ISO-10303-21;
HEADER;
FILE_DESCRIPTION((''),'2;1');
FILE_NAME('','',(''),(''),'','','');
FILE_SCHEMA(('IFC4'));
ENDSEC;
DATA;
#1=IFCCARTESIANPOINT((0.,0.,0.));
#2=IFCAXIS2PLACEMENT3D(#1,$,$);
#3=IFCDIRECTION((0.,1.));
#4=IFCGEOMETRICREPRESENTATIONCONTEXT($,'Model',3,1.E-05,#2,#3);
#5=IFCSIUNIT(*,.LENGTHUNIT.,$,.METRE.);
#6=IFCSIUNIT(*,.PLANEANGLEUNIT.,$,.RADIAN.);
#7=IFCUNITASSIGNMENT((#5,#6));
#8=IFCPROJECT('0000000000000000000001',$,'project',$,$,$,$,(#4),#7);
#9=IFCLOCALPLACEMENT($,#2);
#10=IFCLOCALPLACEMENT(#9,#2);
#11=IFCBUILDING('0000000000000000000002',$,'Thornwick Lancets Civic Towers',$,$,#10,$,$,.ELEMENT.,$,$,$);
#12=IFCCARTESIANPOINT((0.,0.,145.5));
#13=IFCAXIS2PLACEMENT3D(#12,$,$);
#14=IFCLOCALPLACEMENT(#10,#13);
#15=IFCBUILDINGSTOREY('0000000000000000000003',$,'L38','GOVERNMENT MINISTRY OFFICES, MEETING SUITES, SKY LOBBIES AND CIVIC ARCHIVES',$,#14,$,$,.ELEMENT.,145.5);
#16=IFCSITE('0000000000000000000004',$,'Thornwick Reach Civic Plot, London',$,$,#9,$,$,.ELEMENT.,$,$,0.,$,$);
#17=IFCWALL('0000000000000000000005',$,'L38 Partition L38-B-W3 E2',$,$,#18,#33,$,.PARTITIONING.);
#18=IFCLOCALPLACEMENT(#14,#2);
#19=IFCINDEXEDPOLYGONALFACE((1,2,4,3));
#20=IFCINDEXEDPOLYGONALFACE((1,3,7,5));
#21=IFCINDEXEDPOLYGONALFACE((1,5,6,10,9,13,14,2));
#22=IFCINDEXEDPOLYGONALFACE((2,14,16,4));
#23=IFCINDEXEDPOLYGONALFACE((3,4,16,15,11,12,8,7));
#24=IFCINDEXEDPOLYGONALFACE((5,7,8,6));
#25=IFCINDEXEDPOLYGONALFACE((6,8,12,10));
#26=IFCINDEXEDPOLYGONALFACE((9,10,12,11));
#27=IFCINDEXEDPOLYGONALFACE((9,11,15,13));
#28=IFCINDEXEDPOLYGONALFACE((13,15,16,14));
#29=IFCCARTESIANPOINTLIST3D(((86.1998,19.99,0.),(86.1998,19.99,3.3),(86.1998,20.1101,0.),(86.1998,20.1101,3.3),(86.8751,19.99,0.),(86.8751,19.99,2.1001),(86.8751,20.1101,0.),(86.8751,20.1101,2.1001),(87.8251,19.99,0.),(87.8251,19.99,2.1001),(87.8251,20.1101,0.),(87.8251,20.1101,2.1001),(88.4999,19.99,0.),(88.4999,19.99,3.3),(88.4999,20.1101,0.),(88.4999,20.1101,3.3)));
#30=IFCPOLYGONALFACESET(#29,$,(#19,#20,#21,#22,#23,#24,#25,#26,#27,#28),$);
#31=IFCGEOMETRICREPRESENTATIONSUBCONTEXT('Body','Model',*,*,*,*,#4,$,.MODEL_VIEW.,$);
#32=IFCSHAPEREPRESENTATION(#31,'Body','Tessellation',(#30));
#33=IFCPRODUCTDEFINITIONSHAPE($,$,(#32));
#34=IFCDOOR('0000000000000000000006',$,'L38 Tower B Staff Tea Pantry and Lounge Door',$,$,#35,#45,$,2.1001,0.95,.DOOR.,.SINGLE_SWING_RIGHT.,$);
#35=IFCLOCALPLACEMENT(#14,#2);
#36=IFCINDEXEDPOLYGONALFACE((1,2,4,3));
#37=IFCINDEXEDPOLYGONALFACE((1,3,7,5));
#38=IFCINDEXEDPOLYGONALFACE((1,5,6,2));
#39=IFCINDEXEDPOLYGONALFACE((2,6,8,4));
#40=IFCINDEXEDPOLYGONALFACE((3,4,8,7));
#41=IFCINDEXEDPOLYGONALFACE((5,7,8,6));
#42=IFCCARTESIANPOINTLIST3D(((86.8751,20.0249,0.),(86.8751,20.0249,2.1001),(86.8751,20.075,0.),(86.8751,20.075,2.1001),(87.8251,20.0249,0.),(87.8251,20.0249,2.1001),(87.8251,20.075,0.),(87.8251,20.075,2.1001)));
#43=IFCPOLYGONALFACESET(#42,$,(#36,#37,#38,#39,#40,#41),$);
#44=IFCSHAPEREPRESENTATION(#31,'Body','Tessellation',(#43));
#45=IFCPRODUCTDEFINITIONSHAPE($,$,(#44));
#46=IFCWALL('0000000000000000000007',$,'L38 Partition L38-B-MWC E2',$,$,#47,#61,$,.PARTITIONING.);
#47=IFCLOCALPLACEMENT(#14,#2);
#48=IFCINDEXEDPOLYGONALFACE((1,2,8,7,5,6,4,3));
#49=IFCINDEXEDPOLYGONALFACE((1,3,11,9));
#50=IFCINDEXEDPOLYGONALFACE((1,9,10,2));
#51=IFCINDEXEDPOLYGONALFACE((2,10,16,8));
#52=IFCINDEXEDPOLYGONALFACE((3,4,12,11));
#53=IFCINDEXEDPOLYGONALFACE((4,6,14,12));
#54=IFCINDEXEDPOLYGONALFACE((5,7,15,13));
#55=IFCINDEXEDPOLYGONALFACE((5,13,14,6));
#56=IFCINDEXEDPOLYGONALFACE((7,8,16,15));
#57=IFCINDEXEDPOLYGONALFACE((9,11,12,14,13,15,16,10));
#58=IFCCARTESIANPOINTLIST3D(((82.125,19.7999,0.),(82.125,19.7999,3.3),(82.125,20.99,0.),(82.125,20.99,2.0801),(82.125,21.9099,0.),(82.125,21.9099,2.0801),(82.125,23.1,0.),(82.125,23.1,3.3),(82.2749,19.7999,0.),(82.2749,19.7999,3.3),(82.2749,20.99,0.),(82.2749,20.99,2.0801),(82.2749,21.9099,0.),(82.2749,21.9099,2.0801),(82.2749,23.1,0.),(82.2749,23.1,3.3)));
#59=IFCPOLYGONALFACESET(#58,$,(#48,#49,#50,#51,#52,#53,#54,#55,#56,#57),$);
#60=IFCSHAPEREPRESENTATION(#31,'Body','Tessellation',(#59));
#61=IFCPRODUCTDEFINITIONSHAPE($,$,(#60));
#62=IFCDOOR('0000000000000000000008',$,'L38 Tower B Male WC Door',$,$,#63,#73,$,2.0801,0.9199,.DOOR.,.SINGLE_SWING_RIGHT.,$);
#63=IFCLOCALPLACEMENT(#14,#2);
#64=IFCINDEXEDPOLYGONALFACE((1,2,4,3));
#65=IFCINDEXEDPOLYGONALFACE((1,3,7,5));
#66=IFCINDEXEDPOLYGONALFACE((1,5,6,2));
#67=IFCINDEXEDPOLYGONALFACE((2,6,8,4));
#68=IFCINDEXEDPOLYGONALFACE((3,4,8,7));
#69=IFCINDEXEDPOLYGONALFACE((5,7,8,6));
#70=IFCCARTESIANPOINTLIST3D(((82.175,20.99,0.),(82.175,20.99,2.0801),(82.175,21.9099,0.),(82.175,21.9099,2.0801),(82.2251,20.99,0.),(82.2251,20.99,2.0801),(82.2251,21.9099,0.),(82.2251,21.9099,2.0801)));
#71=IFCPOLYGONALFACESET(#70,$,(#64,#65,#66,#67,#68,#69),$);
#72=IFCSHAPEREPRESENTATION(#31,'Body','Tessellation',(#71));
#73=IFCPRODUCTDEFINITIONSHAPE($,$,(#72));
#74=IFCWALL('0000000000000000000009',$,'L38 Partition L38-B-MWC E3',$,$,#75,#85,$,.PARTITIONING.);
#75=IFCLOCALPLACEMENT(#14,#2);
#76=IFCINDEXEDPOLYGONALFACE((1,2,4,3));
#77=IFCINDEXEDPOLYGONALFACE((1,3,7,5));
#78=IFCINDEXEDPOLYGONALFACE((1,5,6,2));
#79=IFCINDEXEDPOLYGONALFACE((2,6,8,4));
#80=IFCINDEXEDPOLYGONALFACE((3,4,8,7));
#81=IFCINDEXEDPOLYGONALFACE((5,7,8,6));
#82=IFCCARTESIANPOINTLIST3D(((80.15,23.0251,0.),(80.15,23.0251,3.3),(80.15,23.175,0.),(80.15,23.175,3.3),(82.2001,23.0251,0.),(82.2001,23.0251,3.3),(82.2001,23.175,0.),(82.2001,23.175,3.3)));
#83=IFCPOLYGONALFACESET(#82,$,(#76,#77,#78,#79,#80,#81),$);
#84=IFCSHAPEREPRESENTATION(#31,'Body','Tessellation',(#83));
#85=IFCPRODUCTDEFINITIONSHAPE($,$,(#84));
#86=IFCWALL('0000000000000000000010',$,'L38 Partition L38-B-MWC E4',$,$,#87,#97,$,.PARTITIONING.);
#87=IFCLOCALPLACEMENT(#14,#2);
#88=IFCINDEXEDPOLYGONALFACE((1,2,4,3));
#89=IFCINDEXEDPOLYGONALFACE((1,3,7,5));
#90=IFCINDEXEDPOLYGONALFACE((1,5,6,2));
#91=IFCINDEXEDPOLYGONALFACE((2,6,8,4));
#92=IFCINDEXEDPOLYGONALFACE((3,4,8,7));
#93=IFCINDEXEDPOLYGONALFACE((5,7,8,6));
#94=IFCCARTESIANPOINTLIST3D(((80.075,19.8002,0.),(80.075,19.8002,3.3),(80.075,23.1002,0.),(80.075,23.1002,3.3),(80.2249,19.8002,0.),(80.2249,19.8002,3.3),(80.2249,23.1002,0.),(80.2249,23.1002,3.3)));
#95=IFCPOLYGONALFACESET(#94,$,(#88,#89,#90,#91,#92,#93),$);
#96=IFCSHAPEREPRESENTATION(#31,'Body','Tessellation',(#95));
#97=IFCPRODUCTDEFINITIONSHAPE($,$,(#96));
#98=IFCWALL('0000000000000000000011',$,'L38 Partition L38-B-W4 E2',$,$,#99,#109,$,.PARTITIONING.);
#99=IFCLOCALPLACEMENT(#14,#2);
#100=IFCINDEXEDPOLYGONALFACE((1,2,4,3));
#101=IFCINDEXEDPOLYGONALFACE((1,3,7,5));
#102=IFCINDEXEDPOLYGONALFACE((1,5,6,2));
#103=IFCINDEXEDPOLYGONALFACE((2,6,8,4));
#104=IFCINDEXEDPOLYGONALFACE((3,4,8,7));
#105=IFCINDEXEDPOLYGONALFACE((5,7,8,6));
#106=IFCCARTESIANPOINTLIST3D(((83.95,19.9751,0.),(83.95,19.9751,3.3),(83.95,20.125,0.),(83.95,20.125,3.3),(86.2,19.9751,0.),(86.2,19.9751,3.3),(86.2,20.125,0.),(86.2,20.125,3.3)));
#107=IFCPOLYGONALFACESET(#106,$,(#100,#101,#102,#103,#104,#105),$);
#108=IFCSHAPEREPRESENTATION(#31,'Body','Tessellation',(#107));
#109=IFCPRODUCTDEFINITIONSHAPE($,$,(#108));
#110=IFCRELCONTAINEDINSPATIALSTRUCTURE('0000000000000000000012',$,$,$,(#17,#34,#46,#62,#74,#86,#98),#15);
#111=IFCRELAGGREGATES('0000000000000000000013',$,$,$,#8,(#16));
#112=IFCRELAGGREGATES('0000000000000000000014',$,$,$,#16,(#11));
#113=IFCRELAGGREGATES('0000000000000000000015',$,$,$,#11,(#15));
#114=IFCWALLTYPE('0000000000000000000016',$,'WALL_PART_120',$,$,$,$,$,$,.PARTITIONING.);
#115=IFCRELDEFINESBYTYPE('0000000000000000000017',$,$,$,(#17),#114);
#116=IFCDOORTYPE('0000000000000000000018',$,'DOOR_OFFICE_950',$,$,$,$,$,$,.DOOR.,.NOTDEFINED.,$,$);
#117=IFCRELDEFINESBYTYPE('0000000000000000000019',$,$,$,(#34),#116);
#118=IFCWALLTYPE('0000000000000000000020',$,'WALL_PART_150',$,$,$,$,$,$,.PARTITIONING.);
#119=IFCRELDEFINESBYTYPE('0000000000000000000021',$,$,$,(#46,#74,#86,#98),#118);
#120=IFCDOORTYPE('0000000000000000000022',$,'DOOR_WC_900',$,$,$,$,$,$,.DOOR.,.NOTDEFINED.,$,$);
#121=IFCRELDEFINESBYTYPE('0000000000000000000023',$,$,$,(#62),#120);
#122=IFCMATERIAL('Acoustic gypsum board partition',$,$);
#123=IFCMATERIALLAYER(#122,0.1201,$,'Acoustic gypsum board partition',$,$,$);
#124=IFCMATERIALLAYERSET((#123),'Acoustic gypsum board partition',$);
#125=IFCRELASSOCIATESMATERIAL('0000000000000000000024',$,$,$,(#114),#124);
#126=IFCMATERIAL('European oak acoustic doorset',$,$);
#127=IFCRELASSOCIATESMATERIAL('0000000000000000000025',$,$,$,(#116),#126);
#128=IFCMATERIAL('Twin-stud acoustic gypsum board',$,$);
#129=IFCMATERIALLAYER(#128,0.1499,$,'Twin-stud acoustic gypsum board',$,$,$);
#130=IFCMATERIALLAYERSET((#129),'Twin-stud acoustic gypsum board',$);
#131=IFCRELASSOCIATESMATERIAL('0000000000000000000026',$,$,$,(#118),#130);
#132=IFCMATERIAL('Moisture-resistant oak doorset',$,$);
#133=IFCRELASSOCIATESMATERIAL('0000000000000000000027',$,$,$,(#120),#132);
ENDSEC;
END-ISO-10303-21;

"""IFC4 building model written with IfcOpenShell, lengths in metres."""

from ifc_helpers import new_model, si_unit, direction, frame, frame_2d, origin, place, context, subcontext, project, spatial, rectangle, extrude, material, layer, layer_set, type_object, element, fill, save


model = new_model("IFC4")

# Units and contexts
model_context = context("Model", 3, precision=1e-05, world=origin(), true_north=direction((0.0, 1.0)))
body_context = subcontext(model_context, "Body", "Model", "MODEL_VIEW")
ifc_project = project(units=[si_unit("LENGTHUNIT", "METRE"), si_unit("PLANEANGLEUNIT", "RADIAN")], contexts=[model_context])

# Site, building, storey
site_placement = place(None, origin())
site = spatial("IfcSite", under=ifc_project, at=site_placement, Name="Thornwick Reach Civic Plot, London", CompositionType="ELEMENT", RefElevation=0.0)
building_placement = place(site_placement, origin())
building = spatial("IfcBuilding", under=site, at=building_placement, Name="Thornwick Lancets Civic Towers", CompositionType="ELEMENT")
storey_placement = place(building_placement, frame((0.0, 0.0, 145.5)))
storey = spatial("IfcBuildingStorey", under=building, at=storey_placement, Name="L38", Description="GOVERNMENT MINISTRY OFFICES, MEETING SUITES, SKY LOBBIES AND CIVIC ARCHIVES", CompositionType="ELEMENT", Elevation=145.5)

# Shared definitions
ifc_material_1 = material(Name="Acoustic gypsum board partition")
ifc_layer_1 = layer(ifc_material_1, 0.1201, Name="Acoustic gypsum board partition")
ifc_layer_set_1 = layer_set([ifc_layer_1], Name="Acoustic gypsum board partition")
wall_type_1 = type_object("IfcWallType", Name="WALL_PART_120", PredefinedType="PARTITIONING", material=ifc_layer_set_1)

# Walls, openings, doors
wall_1_placement = place(storey_placement, frame((86.2, 20.05, 0.0), z_axis=(0.0, 0.0, 1.0), x_axis=(1.0, 0.0, 0.0)))
wall_1 = element("IfcWall", 1, at=wall_1_placement, inside=storey, type_object=wall_type_1, Name="L38 Partition L38-B-W3 E2", PredefinedType="PARTITIONING", context=body_context, shape_type="SweptSolid", body=[
    extrude(rectangle(XDim=2.3, YDim=0.1201, at=frame_2d((1.1499, 0.0))), origin(), (0.0, 0.0, 1.0), 3.3),
])
opening_1_placement = place(wall_1_placement, frame((0.675, 0.0, 0.0)))
opening_1 = element("IfcOpeningElement", 2, at=opening_1_placement, cuts=wall_1, PredefinedType="OPENING", context=body_context, shape_type="SweptSolid", body=[
    extrude(rectangle(XDim=0.95, YDim=2.1001, at=frame_2d((0.4751, 1.05))), frame((0.0, 0.0701, 0.0), z_axis=(0.0, -1.0, 0.0), x_axis=(1.0, 0.0, 0.0)), (0.0, 0.0, 1.0), 0.1401),
])
ifc_material_2 = material(Name="European oak acoustic doorset")
door_type_1 = type_object("IfcDoorType", Name="DOOR_OFFICE_950", OperationType="NOTDEFINED", PredefinedType="DOOR", material=ifc_material_2)
door_1_placement = place(opening_1_placement, origin())
door_1 = element("IfcDoor", 3, at=door_1_placement, inside=storey, type_object=door_type_1, Name="L38 Tower B Staff Tea Pantry and Lounge Door", OperationType="SINGLE_SWING_RIGHT", OverallHeight=2.1001, OverallWidth=0.95, PredefinedType="DOOR", context=body_context, shape_type="SweptSolid", body=[
    extrude(rectangle(XDim=0.95, YDim=2.1001, at=frame_2d((0.4751, 1.05))), frame((0.0, 0.0249, 0.0), z_axis=(0.0, -1.0, 0.0), x_axis=(1.0, 0.0, 0.0)), (0.0, 0.0, 1.0), 0.05),
])
fill(opening_1, door_1)
ifc_material_3 = material(Name="Twin-stud acoustic gypsum board")
ifc_layer_2 = layer(ifc_material_3, 0.1499, Name="Twin-stud acoustic gypsum board")
ifc_layer_set_2 = layer_set([ifc_layer_2], Name="Twin-stud acoustic gypsum board")
wall_type_2 = type_object("IfcWallType", Name="WALL_PART_150", PredefinedType="PARTITIONING", material=ifc_layer_set_2)
wall_2_placement = place(storey_placement, frame((82.2, 19.8, 0.0), z_axis=(0.0, 0.0, 1.0), x_axis=(0.0, 1.0, 0.0)))
wall_2 = element("IfcWall", 4, at=wall_2_placement, inside=storey, type_object=wall_type_2, Name="L38 Partition L38-B-MWC E2", PredefinedType="PARTITIONING", context=body_context, shape_type="SweptSolid", body=[
    extrude(rectangle(XDim=3.3, YDim=0.1499, at=frame_2d((1.6499, 0.0))), origin(), (0.0, 0.0, 1.0), 3.3),
])
opening_2_placement = place(wall_2_placement, frame((1.1899, 0.0, 0.0)))
opening_2 = element("IfcOpeningElement", 5, at=opening_2_placement, cuts=wall_2, PredefinedType="OPENING", context=body_context, shape_type="SweptSolid", body=[
    extrude(rectangle(XDim=0.9199, YDim=2.0801, at=frame_2d((0.46, 1.04))), frame((0.0, 0.085, 0.0), z_axis=(0.0, -1.0, 0.0), x_axis=(1.0, 0.0, 0.0)), (0.0, 0.0, 1.0), 0.1699),
])
ifc_material_4 = material(Name="Moisture-resistant oak doorset")
door_type_2 = type_object("IfcDoorType", Name="DOOR_WC_900", OperationType="NOTDEFINED", PredefinedType="DOOR", material=ifc_material_4)
door_2_placement = place(opening_2_placement, origin())
door_2 = element("IfcDoor", 6, at=door_2_placement, inside=storey, type_object=door_type_2, Name="L38 Tower B Male WC Door", OperationType="SINGLE_SWING_RIGHT", OverallHeight=2.0801, OverallWidth=0.9199, PredefinedType="DOOR", context=body_context, shape_type="SweptSolid", body=[
    extrude(rectangle(XDim=0.9199, YDim=2.0801, at=frame_2d((0.46, 1.04))), frame((0.0, 0.0249, 0.0), z_axis=(0.0, -1.0, 0.0), x_axis=(1.0, 0.0, 0.0)), (0.0, 0.0, 1.0), 0.05),
])
fill(opening_2, door_2)

# Walls
wall_3_placement = place(storey_placement, frame((82.2, 23.1001, 0.0), z_axis=(0.0, 0.0, 1.0), x_axis=(-1.0, 0.0, 0.0)))
element("IfcWall", 7, at=wall_3_placement, inside=storey, type_object=wall_type_2, Name="L38 Partition L38-B-MWC E3", PredefinedType="PARTITIONING", context=body_context, shape_type="SweptSolid", body=[
    extrude(rectangle(XDim=2.05, YDim=0.1499, at=frame_2d((1.0249, 0.0))), origin(), (0.0, 0.0, 1.0), 3.3),
])
wall_4_placement = place(storey_placement, frame((80.1499, 23.1001, 0.0), z_axis=(0.0, 0.0, 1.0), x_axis=(0.0, -1.0, 0.0)))
element("IfcWall", 8, at=wall_4_placement, inside=storey, type_object=wall_type_2, Name="L38 Partition L38-B-MWC E4", PredefinedType="PARTITIONING", context=body_context, shape_type="SweptSolid", body=[
    extrude(rectangle(XDim=3.3, YDim=0.1499, at=frame_2d((1.6499, 0.0))), origin(), (0.0, 0.0, 1.0), 3.3),
])

# Wall
wall_5_placement = place(storey_placement, frame((83.95, 20.05, 0.0), z_axis=(0.0, 0.0, 1.0), x_axis=(1.0, 0.0, 0.0)))
element("IfcWall", 9, at=wall_5_placement, inside=storey, type_object=wall_type_2, Name="L38 Partition L38-B-W4 E2", PredefinedType="PARTITIONING", context=body_context, shape_type="SweptSolid", body=[
    extrude(rectangle(XDim=2.25, YDim=0.1499, at=frame_2d((1.125, 0.0))), origin(), (0.0, 0.0, 1.0), 3.3),
])

save(model, "model.ifc")
